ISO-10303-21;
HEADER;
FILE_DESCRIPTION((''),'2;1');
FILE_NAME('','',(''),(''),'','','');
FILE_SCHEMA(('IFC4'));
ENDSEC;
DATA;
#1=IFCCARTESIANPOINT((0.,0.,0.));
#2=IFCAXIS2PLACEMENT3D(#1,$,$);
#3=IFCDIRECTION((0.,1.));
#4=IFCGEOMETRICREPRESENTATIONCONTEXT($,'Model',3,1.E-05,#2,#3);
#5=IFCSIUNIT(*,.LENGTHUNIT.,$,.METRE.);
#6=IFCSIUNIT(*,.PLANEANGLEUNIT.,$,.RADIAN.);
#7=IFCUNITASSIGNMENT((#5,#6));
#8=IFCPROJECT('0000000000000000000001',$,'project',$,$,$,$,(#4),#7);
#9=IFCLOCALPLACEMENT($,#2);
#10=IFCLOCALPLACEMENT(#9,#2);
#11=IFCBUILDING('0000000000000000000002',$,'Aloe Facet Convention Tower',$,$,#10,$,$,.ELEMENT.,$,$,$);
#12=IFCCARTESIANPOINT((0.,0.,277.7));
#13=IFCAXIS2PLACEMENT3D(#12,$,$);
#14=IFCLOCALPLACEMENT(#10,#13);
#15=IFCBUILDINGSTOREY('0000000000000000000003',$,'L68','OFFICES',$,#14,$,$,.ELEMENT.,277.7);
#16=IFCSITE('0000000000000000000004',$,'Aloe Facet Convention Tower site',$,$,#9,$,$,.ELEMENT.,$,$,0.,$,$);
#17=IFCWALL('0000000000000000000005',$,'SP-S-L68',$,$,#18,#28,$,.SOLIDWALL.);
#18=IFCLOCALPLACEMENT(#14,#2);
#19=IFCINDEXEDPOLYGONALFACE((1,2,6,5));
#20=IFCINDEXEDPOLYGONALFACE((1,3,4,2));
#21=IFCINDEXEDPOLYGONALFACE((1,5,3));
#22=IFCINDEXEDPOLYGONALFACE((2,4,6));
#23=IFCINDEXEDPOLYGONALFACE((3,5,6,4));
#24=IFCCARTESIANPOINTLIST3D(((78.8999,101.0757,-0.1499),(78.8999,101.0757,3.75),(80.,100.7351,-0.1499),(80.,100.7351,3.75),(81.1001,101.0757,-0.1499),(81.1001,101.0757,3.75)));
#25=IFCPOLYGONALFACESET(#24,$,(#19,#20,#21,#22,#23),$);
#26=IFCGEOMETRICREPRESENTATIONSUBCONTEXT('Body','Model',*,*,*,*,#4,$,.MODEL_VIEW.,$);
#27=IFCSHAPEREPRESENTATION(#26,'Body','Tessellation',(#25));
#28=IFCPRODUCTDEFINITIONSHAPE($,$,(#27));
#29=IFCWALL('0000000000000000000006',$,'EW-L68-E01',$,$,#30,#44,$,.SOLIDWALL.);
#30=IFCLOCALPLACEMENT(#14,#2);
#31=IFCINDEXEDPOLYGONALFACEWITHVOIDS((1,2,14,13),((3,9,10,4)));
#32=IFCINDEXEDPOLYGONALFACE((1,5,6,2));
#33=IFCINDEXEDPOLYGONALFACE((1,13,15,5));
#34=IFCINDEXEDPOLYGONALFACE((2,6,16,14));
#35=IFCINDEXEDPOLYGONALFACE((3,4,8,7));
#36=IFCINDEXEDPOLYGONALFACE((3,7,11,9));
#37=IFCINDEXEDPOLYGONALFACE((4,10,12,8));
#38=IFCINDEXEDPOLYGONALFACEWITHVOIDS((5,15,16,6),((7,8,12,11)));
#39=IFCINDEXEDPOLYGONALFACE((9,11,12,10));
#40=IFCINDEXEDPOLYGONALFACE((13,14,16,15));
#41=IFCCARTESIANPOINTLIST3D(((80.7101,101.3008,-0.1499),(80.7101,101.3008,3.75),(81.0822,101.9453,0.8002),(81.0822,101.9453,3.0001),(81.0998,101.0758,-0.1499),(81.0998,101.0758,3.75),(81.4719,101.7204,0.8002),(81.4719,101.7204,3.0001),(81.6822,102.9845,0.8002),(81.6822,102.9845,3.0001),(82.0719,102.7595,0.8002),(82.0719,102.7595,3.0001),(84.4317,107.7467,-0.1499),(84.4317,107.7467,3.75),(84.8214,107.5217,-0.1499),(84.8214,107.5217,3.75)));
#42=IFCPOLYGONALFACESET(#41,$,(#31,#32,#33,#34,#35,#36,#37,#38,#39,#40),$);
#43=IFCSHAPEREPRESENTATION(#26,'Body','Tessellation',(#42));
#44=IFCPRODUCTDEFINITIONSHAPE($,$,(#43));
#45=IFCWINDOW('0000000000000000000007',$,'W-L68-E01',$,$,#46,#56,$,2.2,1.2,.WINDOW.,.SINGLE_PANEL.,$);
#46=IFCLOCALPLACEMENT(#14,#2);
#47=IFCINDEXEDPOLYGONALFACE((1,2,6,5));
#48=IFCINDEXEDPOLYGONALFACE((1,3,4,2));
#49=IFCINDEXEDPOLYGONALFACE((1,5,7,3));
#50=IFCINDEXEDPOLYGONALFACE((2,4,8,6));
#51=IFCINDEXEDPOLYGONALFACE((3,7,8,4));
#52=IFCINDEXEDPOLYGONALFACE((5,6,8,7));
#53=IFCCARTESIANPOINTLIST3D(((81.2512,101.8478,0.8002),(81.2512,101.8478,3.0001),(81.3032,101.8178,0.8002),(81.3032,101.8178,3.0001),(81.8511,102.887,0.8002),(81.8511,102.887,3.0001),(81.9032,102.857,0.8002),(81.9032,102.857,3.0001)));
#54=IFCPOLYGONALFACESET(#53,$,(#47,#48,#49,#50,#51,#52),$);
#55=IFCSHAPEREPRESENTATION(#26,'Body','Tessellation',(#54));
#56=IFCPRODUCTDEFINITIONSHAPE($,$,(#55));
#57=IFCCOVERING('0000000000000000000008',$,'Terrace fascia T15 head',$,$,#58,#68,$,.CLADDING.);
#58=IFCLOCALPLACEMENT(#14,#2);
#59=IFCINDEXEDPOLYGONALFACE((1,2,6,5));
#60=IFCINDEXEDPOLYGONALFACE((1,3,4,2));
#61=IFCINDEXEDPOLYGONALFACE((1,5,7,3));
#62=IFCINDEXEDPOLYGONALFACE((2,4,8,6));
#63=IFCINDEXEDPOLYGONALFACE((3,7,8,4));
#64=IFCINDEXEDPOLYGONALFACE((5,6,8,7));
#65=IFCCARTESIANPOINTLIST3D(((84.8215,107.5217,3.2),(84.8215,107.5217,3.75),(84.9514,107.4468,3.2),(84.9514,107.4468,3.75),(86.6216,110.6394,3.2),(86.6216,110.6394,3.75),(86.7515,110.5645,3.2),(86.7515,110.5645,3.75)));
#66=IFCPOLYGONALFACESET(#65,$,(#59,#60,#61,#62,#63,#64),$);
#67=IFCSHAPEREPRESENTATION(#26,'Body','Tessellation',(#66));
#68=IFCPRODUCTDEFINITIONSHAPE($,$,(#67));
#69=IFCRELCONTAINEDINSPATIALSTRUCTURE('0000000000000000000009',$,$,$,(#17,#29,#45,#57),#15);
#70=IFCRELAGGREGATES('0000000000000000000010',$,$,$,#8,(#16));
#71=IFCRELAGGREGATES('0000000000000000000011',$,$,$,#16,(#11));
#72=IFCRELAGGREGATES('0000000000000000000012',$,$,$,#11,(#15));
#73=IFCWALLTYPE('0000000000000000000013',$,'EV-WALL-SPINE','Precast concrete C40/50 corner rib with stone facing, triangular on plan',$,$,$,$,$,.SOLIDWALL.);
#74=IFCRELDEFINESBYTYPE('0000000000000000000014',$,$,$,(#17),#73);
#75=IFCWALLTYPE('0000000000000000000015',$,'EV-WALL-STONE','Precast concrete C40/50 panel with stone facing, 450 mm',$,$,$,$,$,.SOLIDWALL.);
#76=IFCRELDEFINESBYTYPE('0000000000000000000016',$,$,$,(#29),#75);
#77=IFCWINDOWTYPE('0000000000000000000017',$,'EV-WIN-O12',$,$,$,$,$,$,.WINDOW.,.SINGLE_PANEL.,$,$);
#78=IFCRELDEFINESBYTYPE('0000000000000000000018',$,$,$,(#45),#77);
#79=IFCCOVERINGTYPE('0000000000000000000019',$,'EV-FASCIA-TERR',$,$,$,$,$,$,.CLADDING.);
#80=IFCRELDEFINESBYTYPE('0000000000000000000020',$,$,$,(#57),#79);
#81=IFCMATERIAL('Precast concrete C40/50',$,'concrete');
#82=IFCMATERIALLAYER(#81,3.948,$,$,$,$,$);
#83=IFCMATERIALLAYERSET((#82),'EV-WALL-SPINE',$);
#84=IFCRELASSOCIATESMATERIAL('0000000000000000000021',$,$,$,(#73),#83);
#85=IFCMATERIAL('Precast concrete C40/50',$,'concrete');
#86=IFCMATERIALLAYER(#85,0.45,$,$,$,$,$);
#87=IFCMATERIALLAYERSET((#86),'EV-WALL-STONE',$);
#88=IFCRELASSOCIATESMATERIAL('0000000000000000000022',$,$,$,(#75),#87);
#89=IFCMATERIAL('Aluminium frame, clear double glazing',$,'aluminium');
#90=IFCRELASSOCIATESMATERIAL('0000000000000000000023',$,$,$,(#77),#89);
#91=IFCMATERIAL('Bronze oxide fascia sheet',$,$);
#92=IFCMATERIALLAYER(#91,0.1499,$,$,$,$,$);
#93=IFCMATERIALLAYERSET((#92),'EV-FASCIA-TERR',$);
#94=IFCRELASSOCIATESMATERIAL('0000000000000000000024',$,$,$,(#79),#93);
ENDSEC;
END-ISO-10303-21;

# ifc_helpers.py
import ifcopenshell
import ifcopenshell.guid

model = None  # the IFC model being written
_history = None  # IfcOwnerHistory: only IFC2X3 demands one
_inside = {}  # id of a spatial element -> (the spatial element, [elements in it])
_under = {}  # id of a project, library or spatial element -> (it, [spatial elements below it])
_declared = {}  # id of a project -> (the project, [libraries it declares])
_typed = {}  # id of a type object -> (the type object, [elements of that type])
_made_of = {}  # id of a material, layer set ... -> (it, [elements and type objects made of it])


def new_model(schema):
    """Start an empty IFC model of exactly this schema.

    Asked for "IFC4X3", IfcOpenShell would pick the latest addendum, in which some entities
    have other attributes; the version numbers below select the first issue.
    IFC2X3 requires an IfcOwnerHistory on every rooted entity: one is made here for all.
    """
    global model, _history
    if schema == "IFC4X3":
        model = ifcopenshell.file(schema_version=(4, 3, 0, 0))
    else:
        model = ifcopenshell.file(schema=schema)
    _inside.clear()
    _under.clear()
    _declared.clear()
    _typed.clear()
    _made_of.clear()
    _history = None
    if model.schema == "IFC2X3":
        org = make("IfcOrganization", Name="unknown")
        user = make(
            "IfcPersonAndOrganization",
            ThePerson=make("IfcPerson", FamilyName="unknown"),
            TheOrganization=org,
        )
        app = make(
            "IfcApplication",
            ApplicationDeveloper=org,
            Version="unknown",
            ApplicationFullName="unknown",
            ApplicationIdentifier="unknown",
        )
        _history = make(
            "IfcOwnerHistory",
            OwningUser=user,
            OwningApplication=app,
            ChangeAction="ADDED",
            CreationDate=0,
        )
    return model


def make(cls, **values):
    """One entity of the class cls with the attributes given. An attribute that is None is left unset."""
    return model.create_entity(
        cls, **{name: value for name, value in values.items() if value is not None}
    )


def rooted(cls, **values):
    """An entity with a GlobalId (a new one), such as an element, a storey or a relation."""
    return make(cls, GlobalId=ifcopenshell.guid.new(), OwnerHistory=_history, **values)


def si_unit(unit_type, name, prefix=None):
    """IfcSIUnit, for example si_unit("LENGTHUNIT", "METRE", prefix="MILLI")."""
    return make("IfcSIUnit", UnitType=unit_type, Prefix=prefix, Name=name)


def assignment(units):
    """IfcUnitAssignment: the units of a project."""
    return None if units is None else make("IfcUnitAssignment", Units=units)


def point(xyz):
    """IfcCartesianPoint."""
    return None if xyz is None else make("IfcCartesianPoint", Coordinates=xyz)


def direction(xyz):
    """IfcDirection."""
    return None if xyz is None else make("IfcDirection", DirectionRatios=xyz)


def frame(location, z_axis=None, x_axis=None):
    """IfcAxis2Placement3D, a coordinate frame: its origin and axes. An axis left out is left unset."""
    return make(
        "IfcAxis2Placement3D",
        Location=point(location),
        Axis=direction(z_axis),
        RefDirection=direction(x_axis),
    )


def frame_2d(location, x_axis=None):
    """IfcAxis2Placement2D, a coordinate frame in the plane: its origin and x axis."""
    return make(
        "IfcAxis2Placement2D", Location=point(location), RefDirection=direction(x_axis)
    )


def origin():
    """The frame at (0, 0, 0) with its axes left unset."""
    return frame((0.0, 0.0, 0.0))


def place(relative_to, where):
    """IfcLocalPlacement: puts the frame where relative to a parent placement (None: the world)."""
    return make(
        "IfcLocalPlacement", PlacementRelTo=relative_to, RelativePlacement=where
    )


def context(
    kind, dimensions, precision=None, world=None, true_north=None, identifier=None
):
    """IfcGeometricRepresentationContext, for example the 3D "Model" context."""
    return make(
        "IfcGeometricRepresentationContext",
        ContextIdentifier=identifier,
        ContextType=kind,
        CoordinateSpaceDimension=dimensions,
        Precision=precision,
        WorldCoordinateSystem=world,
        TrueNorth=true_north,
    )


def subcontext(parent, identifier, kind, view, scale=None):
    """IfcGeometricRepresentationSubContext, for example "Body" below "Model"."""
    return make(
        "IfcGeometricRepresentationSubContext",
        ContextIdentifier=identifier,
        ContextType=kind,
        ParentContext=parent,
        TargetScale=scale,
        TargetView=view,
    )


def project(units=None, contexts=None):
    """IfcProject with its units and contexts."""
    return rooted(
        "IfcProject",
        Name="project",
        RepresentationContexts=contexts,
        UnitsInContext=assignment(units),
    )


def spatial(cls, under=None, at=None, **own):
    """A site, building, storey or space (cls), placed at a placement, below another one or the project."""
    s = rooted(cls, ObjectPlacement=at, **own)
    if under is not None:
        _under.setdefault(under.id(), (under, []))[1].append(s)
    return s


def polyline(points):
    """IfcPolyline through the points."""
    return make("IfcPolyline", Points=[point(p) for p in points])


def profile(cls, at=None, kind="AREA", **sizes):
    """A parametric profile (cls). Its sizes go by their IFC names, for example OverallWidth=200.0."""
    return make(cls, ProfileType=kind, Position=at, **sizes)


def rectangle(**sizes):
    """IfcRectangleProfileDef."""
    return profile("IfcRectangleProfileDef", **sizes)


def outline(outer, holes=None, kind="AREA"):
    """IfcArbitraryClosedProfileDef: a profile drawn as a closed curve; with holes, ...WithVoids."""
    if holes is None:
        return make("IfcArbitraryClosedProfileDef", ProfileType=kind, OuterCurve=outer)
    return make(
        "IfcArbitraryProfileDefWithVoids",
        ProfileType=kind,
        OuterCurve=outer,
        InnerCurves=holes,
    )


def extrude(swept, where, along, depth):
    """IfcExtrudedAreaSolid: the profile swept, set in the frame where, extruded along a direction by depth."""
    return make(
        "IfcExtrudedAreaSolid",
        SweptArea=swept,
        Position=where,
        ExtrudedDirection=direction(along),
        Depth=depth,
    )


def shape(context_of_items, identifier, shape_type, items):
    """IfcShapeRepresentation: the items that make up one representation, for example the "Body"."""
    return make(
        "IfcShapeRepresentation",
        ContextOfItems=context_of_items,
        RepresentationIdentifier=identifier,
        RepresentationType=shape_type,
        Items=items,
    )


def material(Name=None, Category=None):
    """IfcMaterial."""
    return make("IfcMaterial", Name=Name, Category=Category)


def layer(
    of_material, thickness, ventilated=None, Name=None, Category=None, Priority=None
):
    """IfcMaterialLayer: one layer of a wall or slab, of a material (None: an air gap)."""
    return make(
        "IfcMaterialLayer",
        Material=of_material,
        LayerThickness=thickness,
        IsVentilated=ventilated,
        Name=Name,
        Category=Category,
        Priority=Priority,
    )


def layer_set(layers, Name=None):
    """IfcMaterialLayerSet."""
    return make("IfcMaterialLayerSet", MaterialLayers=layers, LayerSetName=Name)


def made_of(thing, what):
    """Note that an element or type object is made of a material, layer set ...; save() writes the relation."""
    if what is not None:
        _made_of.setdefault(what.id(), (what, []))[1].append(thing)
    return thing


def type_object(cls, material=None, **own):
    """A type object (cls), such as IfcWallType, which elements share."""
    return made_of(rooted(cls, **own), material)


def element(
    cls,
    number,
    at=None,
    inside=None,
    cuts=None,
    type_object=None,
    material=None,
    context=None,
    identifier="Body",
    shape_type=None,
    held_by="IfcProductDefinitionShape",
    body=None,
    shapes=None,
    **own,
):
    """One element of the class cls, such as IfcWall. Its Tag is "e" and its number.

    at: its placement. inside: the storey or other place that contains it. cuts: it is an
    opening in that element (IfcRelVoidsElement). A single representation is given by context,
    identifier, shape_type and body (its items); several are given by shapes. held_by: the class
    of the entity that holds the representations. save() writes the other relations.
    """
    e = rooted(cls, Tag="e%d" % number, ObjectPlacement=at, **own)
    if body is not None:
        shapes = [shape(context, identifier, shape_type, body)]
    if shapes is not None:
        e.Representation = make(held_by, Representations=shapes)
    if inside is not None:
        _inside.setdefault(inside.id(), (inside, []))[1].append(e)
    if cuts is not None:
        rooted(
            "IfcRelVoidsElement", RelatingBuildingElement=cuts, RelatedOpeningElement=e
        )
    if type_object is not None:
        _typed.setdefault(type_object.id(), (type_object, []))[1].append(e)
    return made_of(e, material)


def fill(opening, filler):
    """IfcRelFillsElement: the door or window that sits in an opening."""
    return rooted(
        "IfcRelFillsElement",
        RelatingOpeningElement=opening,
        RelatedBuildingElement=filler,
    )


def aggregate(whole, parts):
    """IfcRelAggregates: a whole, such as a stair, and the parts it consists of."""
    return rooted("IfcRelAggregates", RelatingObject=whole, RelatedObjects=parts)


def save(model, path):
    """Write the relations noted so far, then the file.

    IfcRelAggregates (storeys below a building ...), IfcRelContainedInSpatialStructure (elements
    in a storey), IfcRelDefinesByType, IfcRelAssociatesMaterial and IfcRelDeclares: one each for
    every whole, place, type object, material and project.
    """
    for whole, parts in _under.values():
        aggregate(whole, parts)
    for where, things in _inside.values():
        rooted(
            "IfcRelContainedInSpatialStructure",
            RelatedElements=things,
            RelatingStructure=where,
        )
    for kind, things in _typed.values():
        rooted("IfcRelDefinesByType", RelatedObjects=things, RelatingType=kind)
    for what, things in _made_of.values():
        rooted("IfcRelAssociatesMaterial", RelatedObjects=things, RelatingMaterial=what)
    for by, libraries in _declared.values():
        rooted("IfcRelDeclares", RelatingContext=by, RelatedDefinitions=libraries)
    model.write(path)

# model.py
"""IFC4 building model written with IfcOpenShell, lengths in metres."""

from ifc_helpers import new_model, si_unit, direction, frame, frame_2d, origin, place, context, subcontext, project, spatial, polyline, rectangle, outline, extrude, material, layer, layer_set, type_object, element, fill, save


model = new_model("IFC4")

# Units and contexts
model_context = context("Model", 3, precision=1e-05, world=origin(), true_north=direction((0.0, 1.0)))
body_context = subcontext(model_context, "Body", "Model", "MODEL_VIEW")
ifc_project = project(units=[si_unit("LENGTHUNIT", "METRE"), si_unit("PLANEANGLEUNIT", "RADIAN")], contexts=[model_context])

# Site, building, storey
site_placement = place(None, origin())
site = spatial("IfcSite", under=ifc_project, at=site_placement, Name="Aloe Facet Convention Tower site", CompositionType="ELEMENT", RefElevation=0.0)
building_placement = place(site_placement, origin())
building = spatial("IfcBuilding", under=site, at=building_placement, Name="Aloe Facet Convention Tower", CompositionType="ELEMENT")
storey_placement = place(building_placement, frame((0.0, 0.0, 277.7)))
storey = spatial("IfcBuildingStorey", under=building, at=storey_placement, Name="L68", Description="OFFICES", CompositionType="ELEMENT", Elevation=277.7)

# Wall
ifc_material_1 = material(Name="Precast concrete C40/50", Category="concrete")
ifc_layer_1 = layer(ifc_material_1, 3.948)
ifc_layer_set_1 = layer_set([ifc_layer_1], Name="EV-WALL-SPINE")
wall_type_1 = type_object("IfcWallType", Name="EV-WALL-SPINE", Description="Precast concrete C40/50 corner rib with stone facing, triangular on plan", PredefinedType="SOLIDWALL", material=ifc_layer_set_1)
wall_1_placement = place(storey_placement, frame((0.0, 0.0, -0.1499)))
element("IfcWall", 1, at=wall_1_placement, inside=storey, type_object=wall_type_1, Name="SP-S-L68", PredefinedType="SOLIDWALL", context=body_context, shape_type="SweptSolid", body=[
    extrude(outline(polyline([(78.8999, 101.0757), (80.0, 100.7351), (81.1001, 101.0757), (78.8999, 101.0757)])), origin(), (0.0, 0.0, 1.0), 3.8999),
])

# Wall, opening, window
ifc_material_2 = material(Name="Precast concrete C40/50", Category="concrete")
ifc_layer_2 = layer(ifc_material_2, 0.45)
ifc_layer_set_2 = layer_set([ifc_layer_2], Name="EV-WALL-STONE")
wall_type_2 = type_object("IfcWallType", Name="EV-WALL-STONE", Description="Precast concrete C40/50 panel with stone facing, 450 mm", PredefinedType="SOLIDWALL", material=ifc_layer_set_2)
wall_2_placement = place(storey_placement, frame((80.905, 101.1882, -0.1499), z_axis=(0.0, 0.0, 1.0), x_axis=(0.500005, 0.866022, 0.0)))
wall_2 = element("IfcWall", 2, at=wall_2_placement, inside=storey, type_object=wall_type_2, Name="EW-L68-E01", PredefinedType="SOLIDWALL", context=body_context, shape_type="SweptSolid", body=[
    extrude(outline(polyline([(0.0, 0.0), (0.0, 3.8999), (7.4431, 3.8999), (7.4431, 0.0), (0.0, 0.0)])), frame((0.0, 0.2251, 0.0), z_axis=(0.0, -1.0, 0.0), x_axis=(1.0, 0.0, 0.0)), (0.0, 0.0, 1.0), 0.45),
])
opening_placement = place(wall_2_placement, frame((0.7441, 0.0, 0.95)))
opening = element("IfcOpeningElement", 3, at=opening_placement, cuts=wall_2, PredefinedType="OPENING", context=body_context, shape_type="SweptSolid", body=[
    extrude(rectangle(XDim=1.2, YDim=2.2, at=frame_2d((0.6001, 1.1001))), frame((0.0, 0.2349, 0.0), z_axis=(0.0, -1.0, 0.0), x_axis=(1.0, 0.0, 0.0)), (0.0, 0.0, 1.0), 0.47),
])
ifc_material_3 = material(Name="Aluminium frame, clear double glazing", Category="aluminium")
window_type = type_object("IfcWindowType", Name="EV-WIN-O12", PartitioningType="SINGLE_PANEL", PredefinedType="WINDOW", material=ifc_material_3)
window_placement = place(opening_placement, origin())
window = element("IfcWindow", 4, at=window_placement, inside=storey, type_object=window_type, Name="W-L68-E01", OverallHeight=2.2, OverallWidth=1.2, PartitioningType="SINGLE_PANEL", PredefinedType="WINDOW", context=body_context, shape_type="SweptSolid", body=[
    extrude(rectangle(XDim=1.2, YDim=2.2, at=frame_2d((0.6001, 1.1001))), frame((0.0, 0.03, 0.0), z_axis=(0.0, -1.0, 0.0), x_axis=(1.0, 0.0, 0.0)), (0.0, 0.0, 1.0), 0.0601),
])
fill(opening, window)

# Covering
ifc_material_4 = material(Name="Bronze oxide fascia sheet")
ifc_layer_3 = layer(ifc_material_4, 0.1499)
ifc_layer_set_3 = layer_set([ifc_layer_3], Name="EV-FASCIA-TERR")
covering_type = type_object("IfcCoveringType", Name="EV-FASCIA-TERR", PredefinedType="CLADDING", material=ifc_layer_set_3)
covering_placement = place(storey_placement, frame((0.0, 0.0, 3.2)))
element("IfcCovering", 5, at=covering_placement, inside=storey, type_object=covering_type, Name="Terrace fascia T15 head", PredefinedType="CLADDING", context=body_context, shape_type="SweptSolid", body=[
    extrude(outline(polyline([(84.9514, 107.4468), (86.7515, 110.5645), (86.6216, 110.6394), (84.8215, 107.5217), (84.9514, 107.4468)])), origin(), (0.0, 0.0, 1.0), 0.55),
])

save(model, "model.ifc")
